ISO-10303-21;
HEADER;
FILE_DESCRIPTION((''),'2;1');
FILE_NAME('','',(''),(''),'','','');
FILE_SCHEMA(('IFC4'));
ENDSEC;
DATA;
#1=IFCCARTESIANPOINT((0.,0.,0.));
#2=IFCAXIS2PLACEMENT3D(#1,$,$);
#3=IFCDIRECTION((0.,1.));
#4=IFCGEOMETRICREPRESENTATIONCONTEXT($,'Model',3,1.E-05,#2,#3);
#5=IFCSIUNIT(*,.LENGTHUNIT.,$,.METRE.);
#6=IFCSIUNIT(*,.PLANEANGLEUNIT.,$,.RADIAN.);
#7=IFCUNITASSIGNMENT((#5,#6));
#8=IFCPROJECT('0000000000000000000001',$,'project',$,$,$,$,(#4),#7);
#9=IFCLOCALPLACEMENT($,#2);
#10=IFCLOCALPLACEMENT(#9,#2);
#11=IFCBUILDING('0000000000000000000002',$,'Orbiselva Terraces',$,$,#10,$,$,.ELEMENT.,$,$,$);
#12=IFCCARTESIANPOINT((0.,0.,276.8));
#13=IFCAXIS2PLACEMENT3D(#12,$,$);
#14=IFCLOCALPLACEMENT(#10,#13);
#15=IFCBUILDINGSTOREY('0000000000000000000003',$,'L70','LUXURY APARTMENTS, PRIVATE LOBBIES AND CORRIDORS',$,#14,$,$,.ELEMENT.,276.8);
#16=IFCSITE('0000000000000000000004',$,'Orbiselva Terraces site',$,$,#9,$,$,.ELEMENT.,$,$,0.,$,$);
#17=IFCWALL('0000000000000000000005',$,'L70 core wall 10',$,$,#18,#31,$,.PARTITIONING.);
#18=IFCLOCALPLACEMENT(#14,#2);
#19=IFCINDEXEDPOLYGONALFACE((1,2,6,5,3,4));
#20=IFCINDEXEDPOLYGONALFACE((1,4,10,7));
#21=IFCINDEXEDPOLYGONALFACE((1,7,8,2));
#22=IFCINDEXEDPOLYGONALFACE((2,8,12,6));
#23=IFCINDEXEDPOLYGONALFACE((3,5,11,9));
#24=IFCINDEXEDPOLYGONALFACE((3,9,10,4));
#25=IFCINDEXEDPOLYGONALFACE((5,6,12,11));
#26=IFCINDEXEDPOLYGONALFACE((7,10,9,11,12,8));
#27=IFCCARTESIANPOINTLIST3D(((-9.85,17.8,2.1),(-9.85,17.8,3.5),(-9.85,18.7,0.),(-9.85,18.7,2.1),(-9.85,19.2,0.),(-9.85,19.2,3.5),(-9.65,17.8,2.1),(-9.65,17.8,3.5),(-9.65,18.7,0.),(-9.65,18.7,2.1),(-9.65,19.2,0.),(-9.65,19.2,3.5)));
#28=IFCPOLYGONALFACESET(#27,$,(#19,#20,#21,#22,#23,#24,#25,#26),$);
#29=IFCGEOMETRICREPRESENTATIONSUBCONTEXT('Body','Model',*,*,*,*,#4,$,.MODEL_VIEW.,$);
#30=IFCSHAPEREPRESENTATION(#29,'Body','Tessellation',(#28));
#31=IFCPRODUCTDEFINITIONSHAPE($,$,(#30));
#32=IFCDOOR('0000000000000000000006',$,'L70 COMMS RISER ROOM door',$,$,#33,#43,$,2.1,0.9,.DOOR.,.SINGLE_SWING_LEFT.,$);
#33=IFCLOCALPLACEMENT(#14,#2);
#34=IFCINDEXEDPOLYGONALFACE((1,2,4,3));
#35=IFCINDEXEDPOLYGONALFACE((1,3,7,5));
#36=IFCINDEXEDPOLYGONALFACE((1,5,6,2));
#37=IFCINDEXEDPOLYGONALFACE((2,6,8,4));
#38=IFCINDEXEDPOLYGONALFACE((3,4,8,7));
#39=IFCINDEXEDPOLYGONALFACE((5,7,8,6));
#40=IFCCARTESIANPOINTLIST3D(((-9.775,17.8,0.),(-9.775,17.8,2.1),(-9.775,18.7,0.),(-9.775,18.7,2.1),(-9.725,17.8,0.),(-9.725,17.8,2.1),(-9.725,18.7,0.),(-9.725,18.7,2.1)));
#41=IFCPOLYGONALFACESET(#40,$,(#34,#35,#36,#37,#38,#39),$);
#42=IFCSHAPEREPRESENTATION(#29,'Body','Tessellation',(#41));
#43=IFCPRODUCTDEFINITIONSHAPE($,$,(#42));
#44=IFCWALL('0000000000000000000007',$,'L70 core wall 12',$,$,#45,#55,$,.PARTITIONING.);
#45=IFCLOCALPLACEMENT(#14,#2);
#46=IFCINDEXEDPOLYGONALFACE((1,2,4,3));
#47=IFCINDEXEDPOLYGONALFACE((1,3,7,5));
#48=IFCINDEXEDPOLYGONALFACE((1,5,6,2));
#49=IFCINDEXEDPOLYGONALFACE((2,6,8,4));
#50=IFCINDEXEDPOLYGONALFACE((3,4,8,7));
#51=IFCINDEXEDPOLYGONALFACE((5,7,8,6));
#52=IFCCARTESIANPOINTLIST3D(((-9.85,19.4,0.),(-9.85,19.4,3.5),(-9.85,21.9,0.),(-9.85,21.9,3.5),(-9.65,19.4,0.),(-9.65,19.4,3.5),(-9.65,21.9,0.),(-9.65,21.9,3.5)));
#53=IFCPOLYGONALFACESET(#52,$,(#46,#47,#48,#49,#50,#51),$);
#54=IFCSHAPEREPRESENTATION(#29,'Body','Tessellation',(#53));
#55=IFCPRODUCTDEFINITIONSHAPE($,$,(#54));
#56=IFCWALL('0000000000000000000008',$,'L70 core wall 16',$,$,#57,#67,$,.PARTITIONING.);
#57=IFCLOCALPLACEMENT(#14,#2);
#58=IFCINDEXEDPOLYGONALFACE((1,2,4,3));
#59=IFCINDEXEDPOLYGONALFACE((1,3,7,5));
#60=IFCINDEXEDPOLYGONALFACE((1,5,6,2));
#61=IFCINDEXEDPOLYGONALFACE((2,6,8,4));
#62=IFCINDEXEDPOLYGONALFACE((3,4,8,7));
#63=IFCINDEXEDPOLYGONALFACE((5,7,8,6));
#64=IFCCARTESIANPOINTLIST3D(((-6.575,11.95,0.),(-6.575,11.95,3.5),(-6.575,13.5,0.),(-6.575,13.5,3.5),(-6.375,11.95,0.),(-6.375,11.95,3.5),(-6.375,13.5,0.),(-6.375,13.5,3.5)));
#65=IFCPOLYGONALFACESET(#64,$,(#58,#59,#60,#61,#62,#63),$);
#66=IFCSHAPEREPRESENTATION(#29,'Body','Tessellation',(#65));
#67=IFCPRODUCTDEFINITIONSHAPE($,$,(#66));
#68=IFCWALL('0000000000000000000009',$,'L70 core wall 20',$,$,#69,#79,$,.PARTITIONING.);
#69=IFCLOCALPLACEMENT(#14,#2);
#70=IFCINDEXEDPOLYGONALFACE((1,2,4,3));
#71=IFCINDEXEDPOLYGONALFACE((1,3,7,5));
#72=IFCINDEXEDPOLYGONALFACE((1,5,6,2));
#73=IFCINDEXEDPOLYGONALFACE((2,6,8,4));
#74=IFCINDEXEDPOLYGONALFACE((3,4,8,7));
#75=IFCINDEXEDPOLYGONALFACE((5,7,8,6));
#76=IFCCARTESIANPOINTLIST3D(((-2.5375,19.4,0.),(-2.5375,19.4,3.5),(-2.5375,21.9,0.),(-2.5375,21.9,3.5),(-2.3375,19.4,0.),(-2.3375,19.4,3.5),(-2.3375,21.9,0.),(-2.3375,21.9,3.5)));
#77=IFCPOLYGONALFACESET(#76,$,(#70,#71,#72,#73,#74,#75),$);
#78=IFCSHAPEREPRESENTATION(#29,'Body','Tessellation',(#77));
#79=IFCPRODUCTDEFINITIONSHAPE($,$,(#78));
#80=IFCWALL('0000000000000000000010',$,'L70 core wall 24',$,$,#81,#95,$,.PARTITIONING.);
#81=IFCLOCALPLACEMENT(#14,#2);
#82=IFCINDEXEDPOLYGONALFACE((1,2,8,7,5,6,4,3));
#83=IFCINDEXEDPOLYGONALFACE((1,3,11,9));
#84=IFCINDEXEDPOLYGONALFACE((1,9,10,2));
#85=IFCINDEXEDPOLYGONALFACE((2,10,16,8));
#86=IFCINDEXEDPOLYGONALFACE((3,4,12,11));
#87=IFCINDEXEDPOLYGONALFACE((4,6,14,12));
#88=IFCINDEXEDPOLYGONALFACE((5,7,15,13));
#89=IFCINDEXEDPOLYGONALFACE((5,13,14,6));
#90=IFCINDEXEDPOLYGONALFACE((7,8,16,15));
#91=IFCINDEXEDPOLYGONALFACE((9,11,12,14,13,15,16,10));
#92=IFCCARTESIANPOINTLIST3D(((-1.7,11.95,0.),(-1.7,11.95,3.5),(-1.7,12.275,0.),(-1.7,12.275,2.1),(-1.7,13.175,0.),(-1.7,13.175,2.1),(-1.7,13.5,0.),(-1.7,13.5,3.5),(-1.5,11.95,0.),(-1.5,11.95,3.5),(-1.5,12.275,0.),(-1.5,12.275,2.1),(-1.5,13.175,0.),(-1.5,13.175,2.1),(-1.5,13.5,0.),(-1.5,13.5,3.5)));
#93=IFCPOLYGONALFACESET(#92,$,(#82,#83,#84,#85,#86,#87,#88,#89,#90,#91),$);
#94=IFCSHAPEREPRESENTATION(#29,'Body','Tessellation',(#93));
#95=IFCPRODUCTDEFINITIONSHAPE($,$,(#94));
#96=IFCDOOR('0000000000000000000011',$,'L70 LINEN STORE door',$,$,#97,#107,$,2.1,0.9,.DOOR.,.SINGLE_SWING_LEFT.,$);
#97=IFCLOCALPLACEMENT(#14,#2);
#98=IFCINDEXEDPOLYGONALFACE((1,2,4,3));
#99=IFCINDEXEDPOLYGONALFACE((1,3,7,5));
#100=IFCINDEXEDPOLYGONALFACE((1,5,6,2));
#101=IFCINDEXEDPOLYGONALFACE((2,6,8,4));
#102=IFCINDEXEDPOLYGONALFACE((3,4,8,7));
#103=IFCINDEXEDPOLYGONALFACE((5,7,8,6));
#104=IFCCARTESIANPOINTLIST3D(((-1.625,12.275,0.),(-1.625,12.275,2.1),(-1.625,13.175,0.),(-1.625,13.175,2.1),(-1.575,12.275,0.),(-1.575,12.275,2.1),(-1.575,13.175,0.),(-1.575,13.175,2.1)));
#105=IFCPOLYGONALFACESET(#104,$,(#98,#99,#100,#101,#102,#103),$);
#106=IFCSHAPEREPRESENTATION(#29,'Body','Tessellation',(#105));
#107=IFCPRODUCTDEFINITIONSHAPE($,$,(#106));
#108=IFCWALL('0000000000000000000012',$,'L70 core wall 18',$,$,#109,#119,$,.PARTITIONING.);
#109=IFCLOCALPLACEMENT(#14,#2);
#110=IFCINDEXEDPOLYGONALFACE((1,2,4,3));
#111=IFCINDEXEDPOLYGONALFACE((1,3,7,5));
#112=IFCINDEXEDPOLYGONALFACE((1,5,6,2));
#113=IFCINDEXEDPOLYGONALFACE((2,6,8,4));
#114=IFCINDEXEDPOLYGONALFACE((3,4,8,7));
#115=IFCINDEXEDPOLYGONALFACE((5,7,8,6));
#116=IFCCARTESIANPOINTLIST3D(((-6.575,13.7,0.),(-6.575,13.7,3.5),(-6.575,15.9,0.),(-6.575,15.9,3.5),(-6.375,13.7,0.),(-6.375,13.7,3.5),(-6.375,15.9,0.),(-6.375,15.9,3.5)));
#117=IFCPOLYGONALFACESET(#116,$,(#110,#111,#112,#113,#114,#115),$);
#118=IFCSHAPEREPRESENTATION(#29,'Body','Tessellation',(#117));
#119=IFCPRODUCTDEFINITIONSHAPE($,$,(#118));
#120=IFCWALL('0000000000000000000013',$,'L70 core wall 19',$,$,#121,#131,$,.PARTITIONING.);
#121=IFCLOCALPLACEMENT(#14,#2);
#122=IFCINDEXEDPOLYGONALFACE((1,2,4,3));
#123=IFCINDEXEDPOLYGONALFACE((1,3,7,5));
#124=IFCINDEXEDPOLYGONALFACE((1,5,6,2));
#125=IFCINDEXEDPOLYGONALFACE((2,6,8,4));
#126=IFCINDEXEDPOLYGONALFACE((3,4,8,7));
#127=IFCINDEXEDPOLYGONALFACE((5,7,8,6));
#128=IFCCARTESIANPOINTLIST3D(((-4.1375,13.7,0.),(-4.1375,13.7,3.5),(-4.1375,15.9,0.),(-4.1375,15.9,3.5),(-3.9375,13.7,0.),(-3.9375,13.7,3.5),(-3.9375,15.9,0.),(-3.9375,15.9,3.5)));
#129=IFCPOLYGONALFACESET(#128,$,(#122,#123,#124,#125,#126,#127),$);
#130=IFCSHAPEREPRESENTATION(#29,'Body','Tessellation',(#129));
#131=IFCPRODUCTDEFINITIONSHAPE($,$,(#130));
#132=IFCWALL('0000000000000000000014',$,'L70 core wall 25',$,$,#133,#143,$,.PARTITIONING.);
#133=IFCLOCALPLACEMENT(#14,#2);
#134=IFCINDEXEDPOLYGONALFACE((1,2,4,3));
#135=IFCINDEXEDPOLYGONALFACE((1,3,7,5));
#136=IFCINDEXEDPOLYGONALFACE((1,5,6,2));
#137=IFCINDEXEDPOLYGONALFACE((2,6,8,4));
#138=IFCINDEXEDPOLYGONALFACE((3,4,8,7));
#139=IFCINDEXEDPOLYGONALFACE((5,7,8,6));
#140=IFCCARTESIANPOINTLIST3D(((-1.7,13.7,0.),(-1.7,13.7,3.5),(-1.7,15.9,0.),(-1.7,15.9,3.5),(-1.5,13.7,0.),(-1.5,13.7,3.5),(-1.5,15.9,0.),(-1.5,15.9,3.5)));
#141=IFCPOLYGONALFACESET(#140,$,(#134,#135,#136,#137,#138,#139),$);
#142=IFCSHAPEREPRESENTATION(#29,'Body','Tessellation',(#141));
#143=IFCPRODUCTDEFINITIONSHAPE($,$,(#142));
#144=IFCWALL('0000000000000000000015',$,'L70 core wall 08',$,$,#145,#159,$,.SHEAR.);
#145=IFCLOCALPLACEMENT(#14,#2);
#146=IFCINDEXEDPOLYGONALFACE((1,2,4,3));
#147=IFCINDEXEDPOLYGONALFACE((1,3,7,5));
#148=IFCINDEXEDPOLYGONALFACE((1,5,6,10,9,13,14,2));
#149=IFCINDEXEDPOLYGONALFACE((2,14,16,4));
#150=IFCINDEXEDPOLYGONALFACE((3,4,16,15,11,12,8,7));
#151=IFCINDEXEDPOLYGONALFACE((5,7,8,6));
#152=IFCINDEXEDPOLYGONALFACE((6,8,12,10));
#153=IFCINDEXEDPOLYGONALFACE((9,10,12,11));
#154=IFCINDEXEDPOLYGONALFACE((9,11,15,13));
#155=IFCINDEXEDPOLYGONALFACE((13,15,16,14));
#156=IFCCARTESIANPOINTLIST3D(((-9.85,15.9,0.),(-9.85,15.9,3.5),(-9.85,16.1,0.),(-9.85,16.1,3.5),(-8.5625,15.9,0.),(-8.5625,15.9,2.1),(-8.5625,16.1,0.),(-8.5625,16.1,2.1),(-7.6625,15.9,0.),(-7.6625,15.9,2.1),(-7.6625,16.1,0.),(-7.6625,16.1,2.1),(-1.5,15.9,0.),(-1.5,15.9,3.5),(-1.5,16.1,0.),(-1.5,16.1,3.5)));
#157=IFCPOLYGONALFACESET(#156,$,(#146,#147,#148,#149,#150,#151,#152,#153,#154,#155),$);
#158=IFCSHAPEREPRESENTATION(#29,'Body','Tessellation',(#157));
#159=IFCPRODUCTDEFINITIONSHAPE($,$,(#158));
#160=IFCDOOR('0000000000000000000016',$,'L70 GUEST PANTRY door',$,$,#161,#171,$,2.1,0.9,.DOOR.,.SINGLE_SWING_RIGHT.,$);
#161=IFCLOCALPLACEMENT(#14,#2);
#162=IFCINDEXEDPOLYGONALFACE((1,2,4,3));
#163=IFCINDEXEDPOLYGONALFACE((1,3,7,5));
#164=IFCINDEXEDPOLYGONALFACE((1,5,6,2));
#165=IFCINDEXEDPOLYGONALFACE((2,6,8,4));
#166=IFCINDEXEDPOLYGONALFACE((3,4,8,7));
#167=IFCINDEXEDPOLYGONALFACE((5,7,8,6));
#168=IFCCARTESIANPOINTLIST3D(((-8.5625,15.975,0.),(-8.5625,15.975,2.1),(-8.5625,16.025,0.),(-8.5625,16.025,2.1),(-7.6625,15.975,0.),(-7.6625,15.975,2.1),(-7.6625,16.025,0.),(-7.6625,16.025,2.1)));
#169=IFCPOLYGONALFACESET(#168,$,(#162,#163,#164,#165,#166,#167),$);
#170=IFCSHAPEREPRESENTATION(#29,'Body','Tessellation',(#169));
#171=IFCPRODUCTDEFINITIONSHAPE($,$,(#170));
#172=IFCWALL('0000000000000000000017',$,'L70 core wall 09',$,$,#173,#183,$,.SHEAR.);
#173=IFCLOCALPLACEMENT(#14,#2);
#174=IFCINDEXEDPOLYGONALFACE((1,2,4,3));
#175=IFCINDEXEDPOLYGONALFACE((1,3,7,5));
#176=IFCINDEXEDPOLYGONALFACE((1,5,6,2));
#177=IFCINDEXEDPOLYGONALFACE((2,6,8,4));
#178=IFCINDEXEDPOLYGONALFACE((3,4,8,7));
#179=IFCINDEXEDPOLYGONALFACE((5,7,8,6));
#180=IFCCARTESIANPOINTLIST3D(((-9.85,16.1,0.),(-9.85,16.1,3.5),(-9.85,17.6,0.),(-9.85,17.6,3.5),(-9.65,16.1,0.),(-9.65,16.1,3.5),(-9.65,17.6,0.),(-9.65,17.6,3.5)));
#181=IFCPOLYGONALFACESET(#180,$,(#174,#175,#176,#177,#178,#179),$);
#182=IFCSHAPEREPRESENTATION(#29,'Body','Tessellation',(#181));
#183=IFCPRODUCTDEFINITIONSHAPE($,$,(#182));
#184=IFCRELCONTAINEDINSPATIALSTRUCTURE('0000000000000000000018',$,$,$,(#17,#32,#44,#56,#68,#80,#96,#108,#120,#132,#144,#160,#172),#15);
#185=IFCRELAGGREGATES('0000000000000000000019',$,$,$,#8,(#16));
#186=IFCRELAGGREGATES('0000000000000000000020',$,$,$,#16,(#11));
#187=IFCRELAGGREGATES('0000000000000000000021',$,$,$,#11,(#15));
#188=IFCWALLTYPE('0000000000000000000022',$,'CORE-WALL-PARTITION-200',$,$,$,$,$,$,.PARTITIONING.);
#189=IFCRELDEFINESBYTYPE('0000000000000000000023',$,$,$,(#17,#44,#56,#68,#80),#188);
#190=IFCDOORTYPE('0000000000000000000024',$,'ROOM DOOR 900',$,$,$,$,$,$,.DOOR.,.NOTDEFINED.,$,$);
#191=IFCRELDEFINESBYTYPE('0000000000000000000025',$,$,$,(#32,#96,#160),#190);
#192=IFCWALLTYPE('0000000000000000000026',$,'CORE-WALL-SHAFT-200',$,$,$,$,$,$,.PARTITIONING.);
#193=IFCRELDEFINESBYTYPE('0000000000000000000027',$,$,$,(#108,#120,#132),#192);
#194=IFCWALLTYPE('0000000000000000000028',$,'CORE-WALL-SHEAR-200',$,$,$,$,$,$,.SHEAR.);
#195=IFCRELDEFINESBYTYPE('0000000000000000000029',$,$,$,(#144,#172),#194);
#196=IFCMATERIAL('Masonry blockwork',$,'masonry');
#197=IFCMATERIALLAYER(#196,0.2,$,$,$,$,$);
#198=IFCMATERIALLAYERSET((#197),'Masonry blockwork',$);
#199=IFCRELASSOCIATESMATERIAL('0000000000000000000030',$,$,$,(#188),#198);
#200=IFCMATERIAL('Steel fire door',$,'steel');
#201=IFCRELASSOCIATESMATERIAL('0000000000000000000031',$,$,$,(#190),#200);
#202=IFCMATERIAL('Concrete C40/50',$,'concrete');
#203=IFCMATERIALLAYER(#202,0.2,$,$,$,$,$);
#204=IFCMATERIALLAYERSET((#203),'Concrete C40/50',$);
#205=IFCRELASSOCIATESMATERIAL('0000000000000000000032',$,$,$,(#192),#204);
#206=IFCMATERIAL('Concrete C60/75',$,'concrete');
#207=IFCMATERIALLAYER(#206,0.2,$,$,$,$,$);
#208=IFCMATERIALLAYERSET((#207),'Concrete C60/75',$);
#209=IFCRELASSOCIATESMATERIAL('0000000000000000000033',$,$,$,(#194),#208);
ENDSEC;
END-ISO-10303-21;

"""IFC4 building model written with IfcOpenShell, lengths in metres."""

from ifc_helpers import new_model, si_unit, direction, frame, frame_2d, origin, place, context, subcontext, project, spatial, rectangle, extrude, material, layer, layer_set, type_object, element, fill, save


model = new_model("IFC4")

# Units and contexts
model_context = context("Model", 3, precision=1e-05, world=origin(), true_north=direction((0.0, 1.0)))
body_context = subcontext(model_context, "Body", "Model", "MODEL_VIEW")
ifc_project = project(units=[si_unit("LENGTHUNIT", "METRE"), si_unit("PLANEANGLEUNIT", "RADIAN")], contexts=[model_context])

# Site, building, storey
site_placement = place(None, origin())
site = spatial("IfcSite", under=ifc_project, at=site_placement, Name="Orbiselva Terraces site", CompositionType="ELEMENT", RefElevation=0.0)
building_placement = place(site_placement, origin())
building = spatial("IfcBuilding", under=site, at=building_placement, Name="Orbiselva Terraces", CompositionType="ELEMENT")
storey_placement = place(building_placement, frame((0.0, 0.0, 276.8)))
storey = spatial("IfcBuildingStorey", under=building, at=storey_placement, Name="L70", Description="LUXURY APARTMENTS, PRIVATE LOBBIES AND CORRIDORS", CompositionType="ELEMENT", Elevation=276.8)

# Wall, opening, door
ifc_material_1 = material(Name="Masonry blockwork", Category="masonry")
ifc_layer_1 = layer(ifc_material_1, 0.2)
ifc_layer_set_1 = layer_set([ifc_layer_1], Name="Masonry blockwork")
wall_type_1 = type_object("IfcWallType", Name="CORE-WALL-PARTITION-200", PredefinedType="PARTITIONING", material=ifc_layer_set_1)
wall_1_placement = place(storey_placement, frame((-9.75, 17.8, 0.0), z_axis=(0.0, 0.0, 1.0), x_axis=(0.0, 1.0, 0.0)))
wall_1 = element("IfcWall", 1, at=wall_1_placement, inside=storey, type_object=wall_type_1, Name="L70 core wall 10", PredefinedType="PARTITIONING", context=body_context, shape_type="SweptSolid", body=[
    extrude(rectangle(XDim=1.4, YDim=0.2, at=frame_2d((0.7, 0.0))), origin(), (0.0, 0.0, 1.0), 3.5),
])
opening_1_placement = place(wall_1_placement, origin())
opening_1 = element("IfcOpeningElement", 2, at=opening_1_placement, cuts=wall_1, PredefinedType="OPENING", context=body_context, shape_type="SweptSolid", body=[
    extrude(rectangle(XDim=0.9, YDim=2.1, at=frame_2d((0.45, 1.05))), frame((0.0, 0.11, 0.0), z_axis=(0.0, -1.0, 0.0), x_axis=(1.0, 0.0, 0.0)), (0.0, 0.0, 1.0), 0.22),
])
ifc_material_2 = material(Name="Steel fire door", Category="steel")
door_type_1 = type_object("IfcDoorType", Name="ROOM DOOR 900", OperationType="NOTDEFINED", PredefinedType="DOOR", material=ifc_material_2)
door_1_placement = place(opening_1_placement, origin())
door_1 = element("IfcDoor", 3, at=door_1_placement, inside=storey, type_object=door_type_1, Name="L70 COMMS RISER ROOM door", OperationType="SINGLE_SWING_LEFT", OverallHeight=2.1, OverallWidth=0.9, PredefinedType="DOOR", context=body_context, shape_type="SweptSolid", body=[
    extrude(rectangle(XDim=0.9, YDim=2.1, at=frame_2d((0.45, 1.05))), frame((0.0, 0.025, 0.0), z_axis=(0.0, -1.0, 0.0), x_axis=(1.0, 0.0, 0.0)), (0.0, 0.0, 1.0), 0.05),
])
fill(opening_1, door_1)

# Walls
wall_2_placement = place(storey_placement, frame((-9.75, 19.4, 0.0), z_axis=(0.0, 0.0, 1.0), x_axis=(0.0, 1.0, 0.0)))
element("IfcWall", 4, at=wall_2_placement, inside=storey, type_object=wall_type_1, Name="L70 core wall 12", PredefinedType="PARTITIONING", context=body_context, shape_type="SweptSolid", body=[
    extrude(rectangle(XDim=2.5, YDim=0.2, at=frame_2d((1.25, 0.0))), origin(), (0.0, 0.0, 1.0), 3.5),
])
wall_3_placement = place(storey_placement, frame((-6.475, 11.95, 0.0), z_axis=(0.0, 0.0, 1.0), x_axis=(0.0, 1.0, 0.0)))
element("IfcWall", 5, at=wall_3_placement, inside=storey, type_object=wall_type_1, Name="L70 core wall 16", PredefinedType="PARTITIONING", context=body_context, shape_type="SweptSolid", body=[
    extrude(rectangle(XDim=1.55, YDim=0.2, at=frame_2d((0.775, 0.0))), origin(), (0.0, 0.0, 1.0), 3.5),
])
wall_4_placement = place(storey_placement, frame((-2.4375, 19.4, 0.0), z_axis=(0.0, 0.0, 1.0), x_axis=(0.0, 1.0, 0.0)))
element("IfcWall", 6, at=wall_4_placement, inside=storey, type_object=wall_type_1, Name="L70 core wall 20", PredefinedType="PARTITIONING", context=body_context, shape_type="SweptSolid", body=[
    extrude(rectangle(XDim=2.5, YDim=0.2, at=frame_2d((1.25, 0.0))), origin(), (0.0, 0.0, 1.0), 3.5),
])

# Wall, opening, door
wall_5_placement = place(storey_placement, frame((-1.6, 11.95, 0.0), z_axis=(0.0, 0.0, 1.0), x_axis=(0.0, 1.0, 0.0)))
wall_5 = element("IfcWall", 7, at=wall_5_placement, inside=storey, type_object=wall_type_1, Name="L70 core wall 24", PredefinedType="PARTITIONING", context=body_context, shape_type="SweptSolid", body=[
    extrude(rectangle(XDim=1.55, YDim=0.2, at=frame_2d((0.775, 0.0))), origin(), (0.0, 0.0, 1.0), 3.5),
])
opening_2_placement = place(wall_5_placement, frame((0.325, 0.0, 0.0)))
opening_2 = element("IfcOpeningElement", 8, at=opening_2_placement, cuts=wall_5, PredefinedType="OPENING", context=body_context, shape_type="SweptSolid", body=[
    extrude(rectangle(XDim=0.9, YDim=2.1, at=frame_2d((0.45, 1.05))), frame((0.0, 0.11, 0.0), z_axis=(0.0, -1.0, 0.0), x_axis=(1.0, 0.0, 0.0)), (0.0, 0.0, 1.0), 0.22),
])
door_2_placement = place(opening_2_placement, origin())
door_2 = element("IfcDoor", 9, at=door_2_placement, inside=storey, type_object=door_type_1, Name="L70 LINEN STORE door", OperationType="SINGLE_SWING_LEFT", OverallHeight=2.1, OverallWidth=0.9, PredefinedType="DOOR", context=body_context, shape_type="SweptSolid", body=[
    extrude(rectangle(XDim=0.9, YDim=2.1, at=frame_2d((0.45, 1.05))), frame((0.0, 0.025, 0.0), z_axis=(0.0, -1.0, 0.0), x_axis=(1.0, 0.0, 0.0)), (0.0, 0.0, 1.0), 0.05),
])
fill(opening_2, door_2)

# Walls
ifc_material_3 = material(Name="Concrete C40/50", Category="concrete")
ifc_layer_2 = layer(ifc_material_3, 0.2)
ifc_layer_set_2 = layer_set([ifc_layer_2], Name="Concrete C40/50")
wall_type_2 = type_object("IfcWallType", Name="CORE-WALL-SHAFT-200", PredefinedType="PARTITIONING", material=ifc_layer_set_2)
for number, where, z_axis, x_axis, name in (
    (10, (-6.475, 13.7, 0.0), (0.0, 0.0, 1.0), (0.0, 1.0, 0.0), "L70 core wall 18"),
    (11, (-4.0375, 13.7, 0.0), (0.0, 0.0, 1.0), (0.0, 1.0, 0.0), "L70 core wall 19"),
    (12, (-1.6, 13.7, 0.0), (0.0, 0.0, 1.0), (0.0, 1.0, 0.0), "L70 core wall 25"),
):
    element("IfcWall", number, at=place(storey_placement, frame(where, z_axis=z_axis, x_axis=x_axis)), inside=storey, type_object=wall_type_2, Name=name, PredefinedType="PARTITIONING", context=body_context, shape_type="SweptSolid", body=[
        extrude(rectangle(XDim=2.2, YDim=0.2, at=frame_2d((1.1, 0.0))), origin(), (0.0, 0.0, 1.0), 3.5),
    ])

# Wall, opening, door
ifc_material_4 = material(Name="Concrete C60/75", Category="concrete")
ifc_layer_3 = layer(ifc_material_4, 0.2)
ifc_layer_set_3 = layer_set([ifc_layer_3], Name="Concrete C60/75")
wall_type_3 = type_object("IfcWallType", Name="CORE-WALL-SHEAR-200", PredefinedType="SHEAR", material=ifc_layer_set_3)
wall_6_placement = place(storey_placement, frame((-1.5, 16.0, 0.0), z_axis=(0.0, 0.0, 1.0), x_axis=(-1.0, 0.0, 0.0)))
wall_6 = element("IfcWall", 13, at=wall_6_placement, inside=storey, type_object=wall_type_3, Name="L70 core wall 08", PredefinedType="SHEAR", context=body_context, shape_type="SweptSolid", body=[
    extrude(rectangle(XDim=8.35, YDim=0.2, at=frame_2d((4.175, 0.0))), origin(), (0.0, 0.0, 1.0), 3.5),
])
opening_3_placement = place(wall_6_placement, frame((6.1625, 0.0, 0.0)))
opening_3 = element("IfcOpeningElement", 14, at=opening_3_placement, cuts=wall_6, PredefinedType="OPENING", context=body_context, shape_type="SweptSolid", body=[
    extrude(rectangle(XDim=0.9, YDim=2.1, at=frame_2d((0.45, 1.05))), frame((0.0, 0.11, 0.0), z_axis=(0.0, -1.0, 0.0), x_axis=(1.0, 0.0, 0.0)), (0.0, 0.0, 1.0), 0.22),
])
door_3_placement = place(opening_3_placement, origin())
door_3 = element("IfcDoor", 15, at=door_3_placement, inside=storey, type_object=door_type_1, Name="L70 GUEST PANTRY door", OperationType="SINGLE_SWING_RIGHT", OverallHeight=2.1, OverallWidth=0.9, PredefinedType="DOOR", context=body_context, shape_type="SweptSolid", body=[
    extrude(rectangle(XDim=0.9, YDim=2.1, at=frame_2d((0.45, 1.05))), frame((0.0, 0.025, 0.0), z_axis=(0.0, -1.0, 0.0), x_axis=(1.0, 0.0, 0.0)), (0.0, 0.0, 1.0), 0.05),
])
fill(opening_3, door_3)

# Wall
wall_7_placement = place(storey_placement, frame((-9.75, 16.1, 0.0), z_axis=(0.0, 0.0, 1.0), x_axis=(0.0, 1.0, 0.0)))
element("IfcWall", 16, at=wall_7_placement, inside=storey, type_object=wall_type_3, Name="L70 core wall 09", PredefinedType="SHEAR", context=body_context, shape_type="SweptSolid", body=[
    extrude(rectangle(XDim=1.5, YDim=0.2, at=frame_2d((0.75, 0.0))), origin(), (0.0, 0.0, 1.0), 3.5),
])

save(model, "model.ifc")
